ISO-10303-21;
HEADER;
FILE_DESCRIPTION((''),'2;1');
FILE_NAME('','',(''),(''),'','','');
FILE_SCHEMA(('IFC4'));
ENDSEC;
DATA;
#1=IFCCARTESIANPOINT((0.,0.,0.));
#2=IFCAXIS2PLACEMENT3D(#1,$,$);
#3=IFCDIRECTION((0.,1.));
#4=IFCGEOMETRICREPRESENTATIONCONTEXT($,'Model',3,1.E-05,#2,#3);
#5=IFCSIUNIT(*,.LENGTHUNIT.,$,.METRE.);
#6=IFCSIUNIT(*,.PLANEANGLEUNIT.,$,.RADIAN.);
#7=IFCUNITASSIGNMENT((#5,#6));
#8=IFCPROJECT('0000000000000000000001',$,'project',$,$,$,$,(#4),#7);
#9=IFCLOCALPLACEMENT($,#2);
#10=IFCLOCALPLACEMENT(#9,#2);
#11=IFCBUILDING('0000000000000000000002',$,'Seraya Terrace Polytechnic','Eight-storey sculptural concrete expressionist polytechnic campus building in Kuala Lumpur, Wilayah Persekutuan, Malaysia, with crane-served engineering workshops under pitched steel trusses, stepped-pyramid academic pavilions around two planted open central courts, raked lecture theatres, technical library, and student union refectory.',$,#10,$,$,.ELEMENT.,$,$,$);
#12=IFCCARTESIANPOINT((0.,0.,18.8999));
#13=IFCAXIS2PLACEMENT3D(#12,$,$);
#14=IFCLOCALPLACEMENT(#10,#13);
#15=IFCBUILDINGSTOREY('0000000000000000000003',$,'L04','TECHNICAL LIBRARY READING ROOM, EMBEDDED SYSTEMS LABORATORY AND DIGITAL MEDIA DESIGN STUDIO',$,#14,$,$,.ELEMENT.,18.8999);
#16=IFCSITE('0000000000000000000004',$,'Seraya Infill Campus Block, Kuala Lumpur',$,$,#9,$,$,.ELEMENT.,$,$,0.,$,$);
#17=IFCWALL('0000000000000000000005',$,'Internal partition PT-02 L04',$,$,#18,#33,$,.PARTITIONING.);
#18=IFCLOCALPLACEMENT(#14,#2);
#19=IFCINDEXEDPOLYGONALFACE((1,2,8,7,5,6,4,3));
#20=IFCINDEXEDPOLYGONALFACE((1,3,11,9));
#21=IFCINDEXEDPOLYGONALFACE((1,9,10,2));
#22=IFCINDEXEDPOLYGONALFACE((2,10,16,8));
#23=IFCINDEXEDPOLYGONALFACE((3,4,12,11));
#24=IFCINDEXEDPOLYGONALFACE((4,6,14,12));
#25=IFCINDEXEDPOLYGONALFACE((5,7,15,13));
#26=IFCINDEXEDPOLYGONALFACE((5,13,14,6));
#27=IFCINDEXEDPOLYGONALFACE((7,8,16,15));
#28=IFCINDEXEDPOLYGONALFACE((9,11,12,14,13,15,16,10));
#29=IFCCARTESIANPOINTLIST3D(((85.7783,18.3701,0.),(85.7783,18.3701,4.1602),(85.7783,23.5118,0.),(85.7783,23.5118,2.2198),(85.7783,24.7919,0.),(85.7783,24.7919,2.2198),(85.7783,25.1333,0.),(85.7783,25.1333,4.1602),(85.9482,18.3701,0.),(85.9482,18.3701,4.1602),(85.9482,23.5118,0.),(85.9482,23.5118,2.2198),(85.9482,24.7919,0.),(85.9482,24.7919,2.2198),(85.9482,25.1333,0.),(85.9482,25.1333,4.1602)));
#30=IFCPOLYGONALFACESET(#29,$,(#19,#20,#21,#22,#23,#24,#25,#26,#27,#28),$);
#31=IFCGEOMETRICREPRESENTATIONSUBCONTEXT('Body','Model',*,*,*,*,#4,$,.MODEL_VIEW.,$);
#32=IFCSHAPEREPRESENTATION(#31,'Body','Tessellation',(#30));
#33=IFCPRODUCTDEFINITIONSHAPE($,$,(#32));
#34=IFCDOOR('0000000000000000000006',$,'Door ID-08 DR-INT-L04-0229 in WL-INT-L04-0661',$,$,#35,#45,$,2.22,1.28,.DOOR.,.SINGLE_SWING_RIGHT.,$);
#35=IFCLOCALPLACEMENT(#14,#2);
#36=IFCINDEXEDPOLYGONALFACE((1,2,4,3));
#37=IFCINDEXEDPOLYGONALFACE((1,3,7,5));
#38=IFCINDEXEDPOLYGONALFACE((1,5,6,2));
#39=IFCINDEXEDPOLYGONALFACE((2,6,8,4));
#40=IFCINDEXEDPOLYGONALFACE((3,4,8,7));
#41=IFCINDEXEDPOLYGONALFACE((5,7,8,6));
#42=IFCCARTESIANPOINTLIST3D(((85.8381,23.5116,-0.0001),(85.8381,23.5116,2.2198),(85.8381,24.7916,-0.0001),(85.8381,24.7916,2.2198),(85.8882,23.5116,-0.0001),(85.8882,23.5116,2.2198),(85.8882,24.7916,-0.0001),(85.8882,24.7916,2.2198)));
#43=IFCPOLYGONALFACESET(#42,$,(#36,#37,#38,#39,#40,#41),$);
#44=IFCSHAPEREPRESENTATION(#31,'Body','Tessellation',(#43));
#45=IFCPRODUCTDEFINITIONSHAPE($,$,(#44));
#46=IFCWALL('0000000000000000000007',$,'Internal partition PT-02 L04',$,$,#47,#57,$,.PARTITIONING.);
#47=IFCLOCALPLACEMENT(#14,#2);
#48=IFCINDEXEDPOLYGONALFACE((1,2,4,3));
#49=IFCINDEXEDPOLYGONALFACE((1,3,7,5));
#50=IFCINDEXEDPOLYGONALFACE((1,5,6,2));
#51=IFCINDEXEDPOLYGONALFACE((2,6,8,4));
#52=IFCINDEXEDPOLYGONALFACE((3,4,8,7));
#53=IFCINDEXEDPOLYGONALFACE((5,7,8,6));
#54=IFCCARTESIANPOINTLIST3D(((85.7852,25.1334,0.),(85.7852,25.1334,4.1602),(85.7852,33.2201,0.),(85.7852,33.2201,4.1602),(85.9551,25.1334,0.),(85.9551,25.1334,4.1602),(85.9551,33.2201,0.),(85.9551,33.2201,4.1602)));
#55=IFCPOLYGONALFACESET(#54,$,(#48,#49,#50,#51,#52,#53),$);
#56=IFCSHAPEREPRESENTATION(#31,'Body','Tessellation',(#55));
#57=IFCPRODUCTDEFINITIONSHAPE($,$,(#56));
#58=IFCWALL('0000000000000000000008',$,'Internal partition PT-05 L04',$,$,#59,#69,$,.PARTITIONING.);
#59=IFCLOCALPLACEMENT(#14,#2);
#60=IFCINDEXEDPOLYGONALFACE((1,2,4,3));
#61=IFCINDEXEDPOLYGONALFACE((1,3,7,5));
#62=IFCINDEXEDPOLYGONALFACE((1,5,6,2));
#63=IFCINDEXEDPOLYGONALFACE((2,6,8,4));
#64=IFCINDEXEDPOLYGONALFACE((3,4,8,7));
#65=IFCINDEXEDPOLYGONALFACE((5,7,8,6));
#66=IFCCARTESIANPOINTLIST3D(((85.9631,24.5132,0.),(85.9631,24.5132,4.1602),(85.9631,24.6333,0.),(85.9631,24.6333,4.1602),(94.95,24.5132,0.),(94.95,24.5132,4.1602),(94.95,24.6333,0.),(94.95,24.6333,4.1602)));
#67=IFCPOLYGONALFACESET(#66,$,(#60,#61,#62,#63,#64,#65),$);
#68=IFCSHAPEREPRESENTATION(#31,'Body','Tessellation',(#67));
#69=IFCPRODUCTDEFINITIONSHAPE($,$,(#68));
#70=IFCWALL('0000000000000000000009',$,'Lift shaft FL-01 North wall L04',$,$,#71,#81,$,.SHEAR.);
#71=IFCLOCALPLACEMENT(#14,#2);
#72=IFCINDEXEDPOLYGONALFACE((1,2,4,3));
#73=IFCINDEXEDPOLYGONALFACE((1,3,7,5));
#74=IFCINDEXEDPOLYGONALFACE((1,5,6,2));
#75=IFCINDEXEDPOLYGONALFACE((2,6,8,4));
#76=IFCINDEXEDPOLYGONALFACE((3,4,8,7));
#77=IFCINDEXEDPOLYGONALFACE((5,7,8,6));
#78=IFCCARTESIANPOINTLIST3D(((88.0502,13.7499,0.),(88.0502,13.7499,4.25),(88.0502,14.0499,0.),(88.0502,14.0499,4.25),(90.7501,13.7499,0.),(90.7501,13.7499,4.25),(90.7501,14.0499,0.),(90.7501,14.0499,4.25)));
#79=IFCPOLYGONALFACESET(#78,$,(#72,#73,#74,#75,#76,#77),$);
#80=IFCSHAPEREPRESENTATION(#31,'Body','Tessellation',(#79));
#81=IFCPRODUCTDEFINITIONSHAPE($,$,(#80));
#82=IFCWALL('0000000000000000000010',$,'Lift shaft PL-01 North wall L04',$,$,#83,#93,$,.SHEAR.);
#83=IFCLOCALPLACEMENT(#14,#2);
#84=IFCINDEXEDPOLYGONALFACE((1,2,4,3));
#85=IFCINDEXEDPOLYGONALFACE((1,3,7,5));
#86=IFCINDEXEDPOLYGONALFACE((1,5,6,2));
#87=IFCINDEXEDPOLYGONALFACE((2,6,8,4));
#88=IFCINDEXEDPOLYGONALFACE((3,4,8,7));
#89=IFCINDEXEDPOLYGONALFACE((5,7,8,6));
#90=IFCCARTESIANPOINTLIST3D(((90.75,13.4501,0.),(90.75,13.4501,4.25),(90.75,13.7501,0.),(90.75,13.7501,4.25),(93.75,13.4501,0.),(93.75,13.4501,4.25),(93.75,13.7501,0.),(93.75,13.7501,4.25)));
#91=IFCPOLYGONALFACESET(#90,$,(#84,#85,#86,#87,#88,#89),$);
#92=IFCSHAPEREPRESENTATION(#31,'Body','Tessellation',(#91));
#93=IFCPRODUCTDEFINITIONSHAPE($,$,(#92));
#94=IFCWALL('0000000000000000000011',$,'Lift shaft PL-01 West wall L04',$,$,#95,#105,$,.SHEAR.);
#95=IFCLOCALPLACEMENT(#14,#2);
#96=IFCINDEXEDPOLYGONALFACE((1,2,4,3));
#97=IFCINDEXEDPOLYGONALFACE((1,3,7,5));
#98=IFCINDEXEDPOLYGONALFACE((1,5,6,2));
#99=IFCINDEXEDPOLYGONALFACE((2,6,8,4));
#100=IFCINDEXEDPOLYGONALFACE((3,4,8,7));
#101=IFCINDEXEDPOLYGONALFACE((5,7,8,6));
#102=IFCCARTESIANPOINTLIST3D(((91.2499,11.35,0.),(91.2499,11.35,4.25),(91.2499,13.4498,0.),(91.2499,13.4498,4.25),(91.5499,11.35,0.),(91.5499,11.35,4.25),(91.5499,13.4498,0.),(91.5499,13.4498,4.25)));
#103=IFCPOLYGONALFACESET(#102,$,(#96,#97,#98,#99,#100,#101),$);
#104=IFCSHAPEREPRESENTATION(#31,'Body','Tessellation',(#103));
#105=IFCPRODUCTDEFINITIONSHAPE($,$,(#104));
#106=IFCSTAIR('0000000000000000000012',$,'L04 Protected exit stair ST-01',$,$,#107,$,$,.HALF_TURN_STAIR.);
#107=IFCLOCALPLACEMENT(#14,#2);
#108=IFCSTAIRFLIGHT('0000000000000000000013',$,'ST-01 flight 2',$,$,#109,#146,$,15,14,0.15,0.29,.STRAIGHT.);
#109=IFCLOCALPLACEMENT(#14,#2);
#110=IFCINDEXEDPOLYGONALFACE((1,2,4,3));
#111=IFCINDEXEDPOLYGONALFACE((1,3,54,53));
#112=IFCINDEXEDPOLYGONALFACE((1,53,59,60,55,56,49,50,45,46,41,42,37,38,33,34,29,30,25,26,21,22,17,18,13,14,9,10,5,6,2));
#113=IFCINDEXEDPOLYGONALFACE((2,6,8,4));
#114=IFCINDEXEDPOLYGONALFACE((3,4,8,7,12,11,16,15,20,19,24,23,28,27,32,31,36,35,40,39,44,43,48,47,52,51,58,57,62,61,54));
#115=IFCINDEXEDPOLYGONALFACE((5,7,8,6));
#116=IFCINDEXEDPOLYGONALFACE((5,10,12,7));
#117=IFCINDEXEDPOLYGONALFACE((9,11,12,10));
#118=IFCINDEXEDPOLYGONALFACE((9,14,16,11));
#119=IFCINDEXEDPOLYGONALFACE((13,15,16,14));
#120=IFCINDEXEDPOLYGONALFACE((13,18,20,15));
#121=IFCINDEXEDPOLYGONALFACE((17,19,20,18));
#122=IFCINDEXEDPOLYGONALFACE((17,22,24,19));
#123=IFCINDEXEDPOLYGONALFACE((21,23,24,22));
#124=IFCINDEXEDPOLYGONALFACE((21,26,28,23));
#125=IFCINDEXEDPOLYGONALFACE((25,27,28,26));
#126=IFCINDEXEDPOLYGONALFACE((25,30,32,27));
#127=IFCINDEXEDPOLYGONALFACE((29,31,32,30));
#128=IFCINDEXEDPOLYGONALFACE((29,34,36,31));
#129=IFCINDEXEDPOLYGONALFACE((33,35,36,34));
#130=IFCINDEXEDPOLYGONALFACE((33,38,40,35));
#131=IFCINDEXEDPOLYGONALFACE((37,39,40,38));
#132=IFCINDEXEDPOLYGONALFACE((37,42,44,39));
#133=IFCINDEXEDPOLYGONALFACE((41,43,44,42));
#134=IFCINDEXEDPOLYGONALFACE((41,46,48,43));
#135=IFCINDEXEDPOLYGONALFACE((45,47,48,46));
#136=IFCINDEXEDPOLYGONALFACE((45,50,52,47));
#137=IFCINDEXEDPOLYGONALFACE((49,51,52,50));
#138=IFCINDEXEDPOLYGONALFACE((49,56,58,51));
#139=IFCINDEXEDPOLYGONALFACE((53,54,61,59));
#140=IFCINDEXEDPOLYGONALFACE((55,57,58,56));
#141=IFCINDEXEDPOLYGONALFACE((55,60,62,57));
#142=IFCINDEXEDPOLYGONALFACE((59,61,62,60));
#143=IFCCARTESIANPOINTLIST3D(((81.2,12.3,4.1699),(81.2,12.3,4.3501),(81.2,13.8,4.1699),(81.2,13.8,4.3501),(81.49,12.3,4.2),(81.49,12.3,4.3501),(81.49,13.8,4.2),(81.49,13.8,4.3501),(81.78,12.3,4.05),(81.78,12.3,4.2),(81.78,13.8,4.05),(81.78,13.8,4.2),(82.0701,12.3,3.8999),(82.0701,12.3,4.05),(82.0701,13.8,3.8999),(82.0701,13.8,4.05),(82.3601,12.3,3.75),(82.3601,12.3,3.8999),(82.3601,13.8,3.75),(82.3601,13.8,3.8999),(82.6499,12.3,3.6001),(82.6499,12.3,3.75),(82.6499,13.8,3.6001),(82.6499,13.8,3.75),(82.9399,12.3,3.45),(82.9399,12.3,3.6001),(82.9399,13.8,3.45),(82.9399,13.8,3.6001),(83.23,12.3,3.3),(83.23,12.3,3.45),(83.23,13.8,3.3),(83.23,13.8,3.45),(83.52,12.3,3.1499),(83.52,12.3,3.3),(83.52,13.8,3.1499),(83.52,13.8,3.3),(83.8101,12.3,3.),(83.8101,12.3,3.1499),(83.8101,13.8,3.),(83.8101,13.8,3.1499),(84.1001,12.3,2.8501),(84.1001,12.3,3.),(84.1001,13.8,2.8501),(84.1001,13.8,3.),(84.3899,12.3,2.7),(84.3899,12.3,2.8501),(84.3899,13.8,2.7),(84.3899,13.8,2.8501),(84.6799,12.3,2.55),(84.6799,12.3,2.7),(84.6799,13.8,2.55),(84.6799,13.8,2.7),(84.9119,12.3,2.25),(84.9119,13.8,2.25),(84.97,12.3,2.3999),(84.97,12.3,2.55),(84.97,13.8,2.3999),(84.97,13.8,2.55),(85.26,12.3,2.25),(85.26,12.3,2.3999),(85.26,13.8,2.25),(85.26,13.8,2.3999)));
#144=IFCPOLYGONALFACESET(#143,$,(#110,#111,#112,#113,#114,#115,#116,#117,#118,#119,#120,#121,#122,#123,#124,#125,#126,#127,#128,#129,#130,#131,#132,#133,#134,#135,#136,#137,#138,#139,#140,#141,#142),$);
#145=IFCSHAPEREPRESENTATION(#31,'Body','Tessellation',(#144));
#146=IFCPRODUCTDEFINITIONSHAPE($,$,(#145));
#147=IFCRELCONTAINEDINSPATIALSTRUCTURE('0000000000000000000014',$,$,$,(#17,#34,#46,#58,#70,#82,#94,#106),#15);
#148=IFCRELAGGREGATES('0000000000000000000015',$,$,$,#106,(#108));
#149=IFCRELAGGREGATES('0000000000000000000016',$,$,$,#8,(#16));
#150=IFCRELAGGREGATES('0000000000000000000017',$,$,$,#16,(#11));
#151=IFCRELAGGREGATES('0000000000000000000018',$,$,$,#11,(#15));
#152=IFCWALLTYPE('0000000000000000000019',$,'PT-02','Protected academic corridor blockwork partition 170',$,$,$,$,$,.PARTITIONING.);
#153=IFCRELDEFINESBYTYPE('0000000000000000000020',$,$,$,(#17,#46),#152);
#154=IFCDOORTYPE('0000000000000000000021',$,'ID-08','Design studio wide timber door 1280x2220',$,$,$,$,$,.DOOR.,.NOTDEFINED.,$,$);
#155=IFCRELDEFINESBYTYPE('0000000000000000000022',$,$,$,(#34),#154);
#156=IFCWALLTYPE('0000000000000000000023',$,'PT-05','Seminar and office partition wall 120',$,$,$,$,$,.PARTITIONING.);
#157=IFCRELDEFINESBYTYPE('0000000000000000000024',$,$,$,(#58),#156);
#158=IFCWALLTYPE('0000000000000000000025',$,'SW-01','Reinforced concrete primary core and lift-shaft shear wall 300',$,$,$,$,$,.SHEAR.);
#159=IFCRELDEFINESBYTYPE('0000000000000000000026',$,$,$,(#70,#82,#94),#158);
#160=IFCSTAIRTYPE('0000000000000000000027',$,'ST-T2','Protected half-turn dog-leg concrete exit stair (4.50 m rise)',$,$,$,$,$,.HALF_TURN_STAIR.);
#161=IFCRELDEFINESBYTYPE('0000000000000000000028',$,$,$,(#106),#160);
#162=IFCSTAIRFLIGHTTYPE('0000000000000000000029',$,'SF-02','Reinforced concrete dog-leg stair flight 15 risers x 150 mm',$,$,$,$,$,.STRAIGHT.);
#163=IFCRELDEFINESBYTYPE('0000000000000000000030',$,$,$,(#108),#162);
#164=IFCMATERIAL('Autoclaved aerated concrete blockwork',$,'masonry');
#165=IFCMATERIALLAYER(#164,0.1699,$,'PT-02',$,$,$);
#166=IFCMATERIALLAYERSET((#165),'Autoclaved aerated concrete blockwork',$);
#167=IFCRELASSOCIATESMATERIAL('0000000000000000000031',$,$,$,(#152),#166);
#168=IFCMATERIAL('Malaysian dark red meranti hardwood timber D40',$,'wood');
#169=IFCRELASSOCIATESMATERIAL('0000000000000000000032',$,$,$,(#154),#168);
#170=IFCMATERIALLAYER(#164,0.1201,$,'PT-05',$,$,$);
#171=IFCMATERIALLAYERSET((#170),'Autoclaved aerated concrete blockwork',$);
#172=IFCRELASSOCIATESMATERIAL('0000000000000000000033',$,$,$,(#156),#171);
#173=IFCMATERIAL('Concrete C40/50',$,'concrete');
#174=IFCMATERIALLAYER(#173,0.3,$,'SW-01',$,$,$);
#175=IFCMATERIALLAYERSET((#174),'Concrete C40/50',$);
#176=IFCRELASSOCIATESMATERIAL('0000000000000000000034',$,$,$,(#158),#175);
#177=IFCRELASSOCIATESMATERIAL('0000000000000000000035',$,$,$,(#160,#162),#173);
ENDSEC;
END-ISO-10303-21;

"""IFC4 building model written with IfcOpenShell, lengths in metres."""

from ifc_helpers import new_model, si_unit, direction, frame, frame_2d, origin, place, context, subcontext, project, spatial, polyline, rectangle, outline, extrude, material, layer, layer_set, type_object, element, fill, aggregate, save


model = new_model("IFC4")

# Units and contexts
model_context = context("Model", 3, precision=1e-05, world=origin(), true_north=direction((0.0, 1.0)))
body_context = subcontext(model_context, "Body", "Model", "MODEL_VIEW")
ifc_project = project(units=[si_unit("LENGTHUNIT", "METRE"), si_unit("PLANEANGLEUNIT", "RADIAN")], contexts=[model_context])

# Site, building, storey
site_placement = place(None, origin())
site = spatial("IfcSite", under=ifc_project, at=site_placement, Name="Seraya Infill Campus Block, Kuala Lumpur", CompositionType="ELEMENT", RefElevation=0.0)
building_placement = place(site_placement, origin())
building = spatial("IfcBuilding", under=site, at=building_placement, Name="Seraya Terrace Polytechnic", Description="Eight-storey sculptural concrete expressionist polytechnic campus building in Kuala Lumpur, Wilayah Persekutuan, Malaysia, with crane-served engineering workshops under pitched steel trusses, stepped-pyramid academic pavilions around two planted open central courts, raked lecture theatres, technical library, and student union refectory.", CompositionType="ELEMENT")
storey_placement = place(building_placement, frame((0.0, 0.0, 18.8999)))
storey = spatial("IfcBuildingStorey", under=building, at=storey_placement, Name="L04", Description="TECHNICAL LIBRARY READING ROOM, EMBEDDED SYSTEMS LABORATORY AND DIGITAL MEDIA DESIGN STUDIO", CompositionType="ELEMENT", Elevation=18.8999)

# Shared definitions
ifc_material_1 = material(Name="Concrete C40/50", Category="concrete")

# Shared definitions
ifc_material_2 = material(Name="Autoclaved aerated concrete blockwork", Category="masonry")
ifc_layer_1 = layer(ifc_material_2, 0.1699, Name="PT-02")
ifc_layer_set_1 = layer_set([ifc_layer_1], Name="Autoclaved aerated concrete blockwork")
wall_type_1 = type_object("IfcWallType", Name="PT-02", Description="Protected academic corridor blockwork partition 170", PredefinedType="PARTITIONING", material=ifc_layer_set_1)

# Wall, opening, door
ifc_material_3 = material(Name="Malaysian dark red meranti hardwood timber D40", Category="wood")
wall_1_placement = place(storey_placement, frame((85.8633, 18.3701, 0.0), z_axis=(0.0, 0.0, 1.0), x_axis=(0.0, 1.0, 0.0)))
wall_1 = element("IfcWall", 1, at=wall_1_placement, inside=storey, type_object=wall_type_1, Name="Internal partition PT-02 L04", PredefinedType="PARTITIONING", context=body_context, shape_type="SweptSolid", body=[
    extrude(rectangle(XDim=6.7632, YDim=0.1699, at=frame_2d((3.3816, 0.0))), origin(), (0.0, 0.0, 1.0), 4.1602),
])
opening_1_placement = place(wall_1_placement, frame((5.1416, 0.0, 0.0)))
opening_1 = element("IfcOpeningElement", 2, at=opening_1_placement, cuts=wall_1, PredefinedType="OPENING", context=body_context, shape_type="SweptSolid", body=[
    extrude(rectangle(XDim=1.28, YDim=2.22, at=frame_2d((0.6401, 1.1099))), frame((0.0, 0.0969, 0.0), z_axis=(0.0, -1.0, 0.0), x_axis=(1.0, 0.0, 0.0)), (0.0, 0.0, 1.0), 0.1938),
])
door_type_1 = type_object("IfcDoorType", Name="ID-08", Description="Design studio wide timber door 1280x2220", OperationType="NOTDEFINED", PredefinedType="DOOR", material=ifc_material_3)
door_1_placement = place(opening_1_placement, frame((1.28, 0.0, 0.0), z_axis=(0.0, 0.0, 1.0), x_axis=(-1.0, 0.0, 0.0)))
door_1 = element("IfcDoor", 3, at=door_1_placement, inside=storey, type_object=door_type_1, Name="Door ID-08 DR-INT-L04-0229 in WL-INT-L04-0661", OperationType="SINGLE_SWING_RIGHT", OverallHeight=2.22, OverallWidth=1.28, PredefinedType="DOOR", context=body_context, shape_type="SweptSolid", body=[
    extrude(rectangle(XDim=1.28, YDim=2.22, at=frame_2d((0.6401, 1.1099))), frame((0.0, 0.0249, 0.0), z_axis=(0.0, -1.0, 0.0), x_axis=(1.0, 0.0, 0.0)), (0.0, 0.0, 1.0), 0.05),
])
fill(opening_1, door_1)

# Walls
wall_2_placement = place(storey_placement, frame((85.8701, 25.1333, 0.0), z_axis=(0.0, 0.0, 1.0), x_axis=(0.0, 1.0, 0.0)))
element("IfcWall", 4, at=wall_2_placement, inside=storey, type_object=wall_type_1, Name="Internal partition PT-02 L04", PredefinedType="PARTITIONING", context=body_context, shape_type="SweptSolid", body=[
    extrude(rectangle(XDim=8.0867, YDim=0.1699, at=frame_2d((4.0435, 0.0))), origin(), (0.0, 0.0, 1.0), 4.1602),
])
ifc_layer_2 = layer(ifc_material_2, 0.1201, Name="PT-05")
ifc_layer_set_2 = layer_set([ifc_layer_2], Name="Autoclaved aerated concrete blockwork")
wall_type_2 = type_object("IfcWallType", Name="PT-05", Description="Seminar and office partition wall 120", PredefinedType="PARTITIONING", material=ifc_layer_set_2)
wall_3_placement = place(storey_placement, frame((85.9631, 24.5732, 0.0), z_axis=(0.0, 0.0, 1.0), x_axis=(1.0, 0.0, 0.0)))
element("IfcWall", 5, at=wall_3_placement, inside=storey, type_object=wall_type_2, Name="Internal partition PT-05 L04", PredefinedType="PARTITIONING", context=body_context, shape_type="SweptSolid", body=[
    extrude(rectangle(XDim=8.9868, YDim=0.1201, at=frame_2d((4.4934, 0.0))), origin(), (0.0, 0.0, 1.0), 4.1602),
])
ifc_layer_3 = layer(ifc_material_1, 0.3, Name="SW-01")
ifc_layer_set_3 = layer_set([ifc_layer_3], Name="Concrete C40/50")
wall_type_3 = type_object("IfcWallType", Name="SW-01", Description="Reinforced concrete primary core and lift-shaft shear wall 300", PredefinedType="SHEAR", material=ifc_layer_set_3)
wall_4_placement = place(storey_placement, frame((88.05, 13.8999, 0.0), z_axis=(0.0, 0.0, 1.0), x_axis=(1.0, 0.0, 0.0)))
element("IfcWall", 6, at=wall_4_placement, inside=storey, type_object=wall_type_3, Name="Lift shaft FL-01 North wall L04", PredefinedType="SHEAR", context=body_context, shape_type="SweptSolid", body=[
    extrude(rectangle(XDim=2.7, YDim=0.3, at=frame_2d((1.3501, 0.0))), origin(), (0.0, 0.0, 1.0), 4.25),
])
wall_5_placement = place(storey_placement, frame((90.75, 13.6001, 0.0), z_axis=(0.0, 0.0, 1.0), x_axis=(1.0, 0.0, 0.0)))
element("IfcWall", 7, at=wall_5_placement, inside=storey, type_object=wall_type_3, Name="Lift shaft PL-01 North wall L04", PredefinedType="SHEAR", context=body_context, shape_type="SweptSolid", body=[
    extrude(rectangle(XDim=3.0, YDim=0.3, at=frame_2d((1.5, 0.0))), origin(), (0.0, 0.0, 1.0), 4.25),
])
wall_6_placement = place(storey_placement, frame((91.3999, 11.3501, 0.0), z_axis=(0.0, 0.0, 1.0), x_axis=(0.0, 1.0, 0.0)))
element("IfcWall", 8, at=wall_6_placement, inside=storey, type_object=wall_type_3, Name="Lift shaft PL-01 West wall L04", PredefinedType="SHEAR", context=body_context, shape_type="SweptSolid", body=[
    extrude(rectangle(XDim=2.0999, YDim=0.3, at=frame_2d((1.0498, 0.0))), origin(), (0.0, 0.0, 1.0), 4.25),
])

# Stair, stair flight
stair_type = type_object("IfcStairType", Name="ST-T2", Description="Protected half-turn dog-leg concrete exit stair (4.50 m rise)", PredefinedType="HALF_TURN_STAIR", material=ifc_material_1)
stair_placement = place(storey_placement, origin())
stair = element("IfcStair", 9, at=stair_placement, inside=storey, type_object=stair_type, Name="L04 Protected exit stair ST-01", PredefinedType="HALF_TURN_STAIR")
stair_flight_type = type_object("IfcStairFlightType", Name="SF-02", Description="Reinforced concrete dog-leg stair flight 15 risers x 150 mm", PredefinedType="STRAIGHT", material=ifc_material_1)
stair_flight_placement = place(storey_placement, frame((85.26, 13.05, 2.25), z_axis=(0.0, 0.0, 1.0), x_axis=(-1.0, 0.0, 0.0)))
stair_flight = element("IfcStairFlight", 10, at=stair_flight_placement, type_object=stair_flight_type, Name="ST-01 flight 2", NumberOfRisers=15, NumberOfTreads=14, PredefinedType="STRAIGHT", RiserHeight=0.15, TreadLength=0.29, context=body_context, shape_type="SweptSolid", body=[
    extrude(outline(polyline([(0.0, 0.0), (0.0, 0.1499), (0.29, 0.1499), (0.29, 0.3), (0.5801, 0.3), (0.5801, 0.45), (0.8701, 0.45), (0.8701, 0.6001), (1.1599, 0.6001), (1.1599, 0.75), (1.45, 0.75), (1.45, 0.8999), (1.74, 0.8999), (1.74, 1.05), (2.03, 1.05), (2.03, 1.2), (2.3201, 1.2), (2.3201, 1.3501), (2.6101, 1.3501), (2.6101, 1.5), (2.8999, 1.5), (2.8999, 1.6499), (3.1899, 1.6499), (3.1899, 1.8), (3.48, 1.8), (3.48, 1.95), (3.77, 1.95), (3.77, 2.1001), (4.0601, 2.1001), (4.0601, 2.25), (4.0601, 1.9199), (0.3481, 0.0), (0.0, 0.0)])), frame((0.0, 0.75, 0.0), z_axis=(0.0, -1.0, 0.0), x_axis=(1.0, 0.0, 0.0)), (0.0, 0.0, 1.0), 1.5),
])
aggregate(stair, [stair_flight])

save(model, "model.ifc")
